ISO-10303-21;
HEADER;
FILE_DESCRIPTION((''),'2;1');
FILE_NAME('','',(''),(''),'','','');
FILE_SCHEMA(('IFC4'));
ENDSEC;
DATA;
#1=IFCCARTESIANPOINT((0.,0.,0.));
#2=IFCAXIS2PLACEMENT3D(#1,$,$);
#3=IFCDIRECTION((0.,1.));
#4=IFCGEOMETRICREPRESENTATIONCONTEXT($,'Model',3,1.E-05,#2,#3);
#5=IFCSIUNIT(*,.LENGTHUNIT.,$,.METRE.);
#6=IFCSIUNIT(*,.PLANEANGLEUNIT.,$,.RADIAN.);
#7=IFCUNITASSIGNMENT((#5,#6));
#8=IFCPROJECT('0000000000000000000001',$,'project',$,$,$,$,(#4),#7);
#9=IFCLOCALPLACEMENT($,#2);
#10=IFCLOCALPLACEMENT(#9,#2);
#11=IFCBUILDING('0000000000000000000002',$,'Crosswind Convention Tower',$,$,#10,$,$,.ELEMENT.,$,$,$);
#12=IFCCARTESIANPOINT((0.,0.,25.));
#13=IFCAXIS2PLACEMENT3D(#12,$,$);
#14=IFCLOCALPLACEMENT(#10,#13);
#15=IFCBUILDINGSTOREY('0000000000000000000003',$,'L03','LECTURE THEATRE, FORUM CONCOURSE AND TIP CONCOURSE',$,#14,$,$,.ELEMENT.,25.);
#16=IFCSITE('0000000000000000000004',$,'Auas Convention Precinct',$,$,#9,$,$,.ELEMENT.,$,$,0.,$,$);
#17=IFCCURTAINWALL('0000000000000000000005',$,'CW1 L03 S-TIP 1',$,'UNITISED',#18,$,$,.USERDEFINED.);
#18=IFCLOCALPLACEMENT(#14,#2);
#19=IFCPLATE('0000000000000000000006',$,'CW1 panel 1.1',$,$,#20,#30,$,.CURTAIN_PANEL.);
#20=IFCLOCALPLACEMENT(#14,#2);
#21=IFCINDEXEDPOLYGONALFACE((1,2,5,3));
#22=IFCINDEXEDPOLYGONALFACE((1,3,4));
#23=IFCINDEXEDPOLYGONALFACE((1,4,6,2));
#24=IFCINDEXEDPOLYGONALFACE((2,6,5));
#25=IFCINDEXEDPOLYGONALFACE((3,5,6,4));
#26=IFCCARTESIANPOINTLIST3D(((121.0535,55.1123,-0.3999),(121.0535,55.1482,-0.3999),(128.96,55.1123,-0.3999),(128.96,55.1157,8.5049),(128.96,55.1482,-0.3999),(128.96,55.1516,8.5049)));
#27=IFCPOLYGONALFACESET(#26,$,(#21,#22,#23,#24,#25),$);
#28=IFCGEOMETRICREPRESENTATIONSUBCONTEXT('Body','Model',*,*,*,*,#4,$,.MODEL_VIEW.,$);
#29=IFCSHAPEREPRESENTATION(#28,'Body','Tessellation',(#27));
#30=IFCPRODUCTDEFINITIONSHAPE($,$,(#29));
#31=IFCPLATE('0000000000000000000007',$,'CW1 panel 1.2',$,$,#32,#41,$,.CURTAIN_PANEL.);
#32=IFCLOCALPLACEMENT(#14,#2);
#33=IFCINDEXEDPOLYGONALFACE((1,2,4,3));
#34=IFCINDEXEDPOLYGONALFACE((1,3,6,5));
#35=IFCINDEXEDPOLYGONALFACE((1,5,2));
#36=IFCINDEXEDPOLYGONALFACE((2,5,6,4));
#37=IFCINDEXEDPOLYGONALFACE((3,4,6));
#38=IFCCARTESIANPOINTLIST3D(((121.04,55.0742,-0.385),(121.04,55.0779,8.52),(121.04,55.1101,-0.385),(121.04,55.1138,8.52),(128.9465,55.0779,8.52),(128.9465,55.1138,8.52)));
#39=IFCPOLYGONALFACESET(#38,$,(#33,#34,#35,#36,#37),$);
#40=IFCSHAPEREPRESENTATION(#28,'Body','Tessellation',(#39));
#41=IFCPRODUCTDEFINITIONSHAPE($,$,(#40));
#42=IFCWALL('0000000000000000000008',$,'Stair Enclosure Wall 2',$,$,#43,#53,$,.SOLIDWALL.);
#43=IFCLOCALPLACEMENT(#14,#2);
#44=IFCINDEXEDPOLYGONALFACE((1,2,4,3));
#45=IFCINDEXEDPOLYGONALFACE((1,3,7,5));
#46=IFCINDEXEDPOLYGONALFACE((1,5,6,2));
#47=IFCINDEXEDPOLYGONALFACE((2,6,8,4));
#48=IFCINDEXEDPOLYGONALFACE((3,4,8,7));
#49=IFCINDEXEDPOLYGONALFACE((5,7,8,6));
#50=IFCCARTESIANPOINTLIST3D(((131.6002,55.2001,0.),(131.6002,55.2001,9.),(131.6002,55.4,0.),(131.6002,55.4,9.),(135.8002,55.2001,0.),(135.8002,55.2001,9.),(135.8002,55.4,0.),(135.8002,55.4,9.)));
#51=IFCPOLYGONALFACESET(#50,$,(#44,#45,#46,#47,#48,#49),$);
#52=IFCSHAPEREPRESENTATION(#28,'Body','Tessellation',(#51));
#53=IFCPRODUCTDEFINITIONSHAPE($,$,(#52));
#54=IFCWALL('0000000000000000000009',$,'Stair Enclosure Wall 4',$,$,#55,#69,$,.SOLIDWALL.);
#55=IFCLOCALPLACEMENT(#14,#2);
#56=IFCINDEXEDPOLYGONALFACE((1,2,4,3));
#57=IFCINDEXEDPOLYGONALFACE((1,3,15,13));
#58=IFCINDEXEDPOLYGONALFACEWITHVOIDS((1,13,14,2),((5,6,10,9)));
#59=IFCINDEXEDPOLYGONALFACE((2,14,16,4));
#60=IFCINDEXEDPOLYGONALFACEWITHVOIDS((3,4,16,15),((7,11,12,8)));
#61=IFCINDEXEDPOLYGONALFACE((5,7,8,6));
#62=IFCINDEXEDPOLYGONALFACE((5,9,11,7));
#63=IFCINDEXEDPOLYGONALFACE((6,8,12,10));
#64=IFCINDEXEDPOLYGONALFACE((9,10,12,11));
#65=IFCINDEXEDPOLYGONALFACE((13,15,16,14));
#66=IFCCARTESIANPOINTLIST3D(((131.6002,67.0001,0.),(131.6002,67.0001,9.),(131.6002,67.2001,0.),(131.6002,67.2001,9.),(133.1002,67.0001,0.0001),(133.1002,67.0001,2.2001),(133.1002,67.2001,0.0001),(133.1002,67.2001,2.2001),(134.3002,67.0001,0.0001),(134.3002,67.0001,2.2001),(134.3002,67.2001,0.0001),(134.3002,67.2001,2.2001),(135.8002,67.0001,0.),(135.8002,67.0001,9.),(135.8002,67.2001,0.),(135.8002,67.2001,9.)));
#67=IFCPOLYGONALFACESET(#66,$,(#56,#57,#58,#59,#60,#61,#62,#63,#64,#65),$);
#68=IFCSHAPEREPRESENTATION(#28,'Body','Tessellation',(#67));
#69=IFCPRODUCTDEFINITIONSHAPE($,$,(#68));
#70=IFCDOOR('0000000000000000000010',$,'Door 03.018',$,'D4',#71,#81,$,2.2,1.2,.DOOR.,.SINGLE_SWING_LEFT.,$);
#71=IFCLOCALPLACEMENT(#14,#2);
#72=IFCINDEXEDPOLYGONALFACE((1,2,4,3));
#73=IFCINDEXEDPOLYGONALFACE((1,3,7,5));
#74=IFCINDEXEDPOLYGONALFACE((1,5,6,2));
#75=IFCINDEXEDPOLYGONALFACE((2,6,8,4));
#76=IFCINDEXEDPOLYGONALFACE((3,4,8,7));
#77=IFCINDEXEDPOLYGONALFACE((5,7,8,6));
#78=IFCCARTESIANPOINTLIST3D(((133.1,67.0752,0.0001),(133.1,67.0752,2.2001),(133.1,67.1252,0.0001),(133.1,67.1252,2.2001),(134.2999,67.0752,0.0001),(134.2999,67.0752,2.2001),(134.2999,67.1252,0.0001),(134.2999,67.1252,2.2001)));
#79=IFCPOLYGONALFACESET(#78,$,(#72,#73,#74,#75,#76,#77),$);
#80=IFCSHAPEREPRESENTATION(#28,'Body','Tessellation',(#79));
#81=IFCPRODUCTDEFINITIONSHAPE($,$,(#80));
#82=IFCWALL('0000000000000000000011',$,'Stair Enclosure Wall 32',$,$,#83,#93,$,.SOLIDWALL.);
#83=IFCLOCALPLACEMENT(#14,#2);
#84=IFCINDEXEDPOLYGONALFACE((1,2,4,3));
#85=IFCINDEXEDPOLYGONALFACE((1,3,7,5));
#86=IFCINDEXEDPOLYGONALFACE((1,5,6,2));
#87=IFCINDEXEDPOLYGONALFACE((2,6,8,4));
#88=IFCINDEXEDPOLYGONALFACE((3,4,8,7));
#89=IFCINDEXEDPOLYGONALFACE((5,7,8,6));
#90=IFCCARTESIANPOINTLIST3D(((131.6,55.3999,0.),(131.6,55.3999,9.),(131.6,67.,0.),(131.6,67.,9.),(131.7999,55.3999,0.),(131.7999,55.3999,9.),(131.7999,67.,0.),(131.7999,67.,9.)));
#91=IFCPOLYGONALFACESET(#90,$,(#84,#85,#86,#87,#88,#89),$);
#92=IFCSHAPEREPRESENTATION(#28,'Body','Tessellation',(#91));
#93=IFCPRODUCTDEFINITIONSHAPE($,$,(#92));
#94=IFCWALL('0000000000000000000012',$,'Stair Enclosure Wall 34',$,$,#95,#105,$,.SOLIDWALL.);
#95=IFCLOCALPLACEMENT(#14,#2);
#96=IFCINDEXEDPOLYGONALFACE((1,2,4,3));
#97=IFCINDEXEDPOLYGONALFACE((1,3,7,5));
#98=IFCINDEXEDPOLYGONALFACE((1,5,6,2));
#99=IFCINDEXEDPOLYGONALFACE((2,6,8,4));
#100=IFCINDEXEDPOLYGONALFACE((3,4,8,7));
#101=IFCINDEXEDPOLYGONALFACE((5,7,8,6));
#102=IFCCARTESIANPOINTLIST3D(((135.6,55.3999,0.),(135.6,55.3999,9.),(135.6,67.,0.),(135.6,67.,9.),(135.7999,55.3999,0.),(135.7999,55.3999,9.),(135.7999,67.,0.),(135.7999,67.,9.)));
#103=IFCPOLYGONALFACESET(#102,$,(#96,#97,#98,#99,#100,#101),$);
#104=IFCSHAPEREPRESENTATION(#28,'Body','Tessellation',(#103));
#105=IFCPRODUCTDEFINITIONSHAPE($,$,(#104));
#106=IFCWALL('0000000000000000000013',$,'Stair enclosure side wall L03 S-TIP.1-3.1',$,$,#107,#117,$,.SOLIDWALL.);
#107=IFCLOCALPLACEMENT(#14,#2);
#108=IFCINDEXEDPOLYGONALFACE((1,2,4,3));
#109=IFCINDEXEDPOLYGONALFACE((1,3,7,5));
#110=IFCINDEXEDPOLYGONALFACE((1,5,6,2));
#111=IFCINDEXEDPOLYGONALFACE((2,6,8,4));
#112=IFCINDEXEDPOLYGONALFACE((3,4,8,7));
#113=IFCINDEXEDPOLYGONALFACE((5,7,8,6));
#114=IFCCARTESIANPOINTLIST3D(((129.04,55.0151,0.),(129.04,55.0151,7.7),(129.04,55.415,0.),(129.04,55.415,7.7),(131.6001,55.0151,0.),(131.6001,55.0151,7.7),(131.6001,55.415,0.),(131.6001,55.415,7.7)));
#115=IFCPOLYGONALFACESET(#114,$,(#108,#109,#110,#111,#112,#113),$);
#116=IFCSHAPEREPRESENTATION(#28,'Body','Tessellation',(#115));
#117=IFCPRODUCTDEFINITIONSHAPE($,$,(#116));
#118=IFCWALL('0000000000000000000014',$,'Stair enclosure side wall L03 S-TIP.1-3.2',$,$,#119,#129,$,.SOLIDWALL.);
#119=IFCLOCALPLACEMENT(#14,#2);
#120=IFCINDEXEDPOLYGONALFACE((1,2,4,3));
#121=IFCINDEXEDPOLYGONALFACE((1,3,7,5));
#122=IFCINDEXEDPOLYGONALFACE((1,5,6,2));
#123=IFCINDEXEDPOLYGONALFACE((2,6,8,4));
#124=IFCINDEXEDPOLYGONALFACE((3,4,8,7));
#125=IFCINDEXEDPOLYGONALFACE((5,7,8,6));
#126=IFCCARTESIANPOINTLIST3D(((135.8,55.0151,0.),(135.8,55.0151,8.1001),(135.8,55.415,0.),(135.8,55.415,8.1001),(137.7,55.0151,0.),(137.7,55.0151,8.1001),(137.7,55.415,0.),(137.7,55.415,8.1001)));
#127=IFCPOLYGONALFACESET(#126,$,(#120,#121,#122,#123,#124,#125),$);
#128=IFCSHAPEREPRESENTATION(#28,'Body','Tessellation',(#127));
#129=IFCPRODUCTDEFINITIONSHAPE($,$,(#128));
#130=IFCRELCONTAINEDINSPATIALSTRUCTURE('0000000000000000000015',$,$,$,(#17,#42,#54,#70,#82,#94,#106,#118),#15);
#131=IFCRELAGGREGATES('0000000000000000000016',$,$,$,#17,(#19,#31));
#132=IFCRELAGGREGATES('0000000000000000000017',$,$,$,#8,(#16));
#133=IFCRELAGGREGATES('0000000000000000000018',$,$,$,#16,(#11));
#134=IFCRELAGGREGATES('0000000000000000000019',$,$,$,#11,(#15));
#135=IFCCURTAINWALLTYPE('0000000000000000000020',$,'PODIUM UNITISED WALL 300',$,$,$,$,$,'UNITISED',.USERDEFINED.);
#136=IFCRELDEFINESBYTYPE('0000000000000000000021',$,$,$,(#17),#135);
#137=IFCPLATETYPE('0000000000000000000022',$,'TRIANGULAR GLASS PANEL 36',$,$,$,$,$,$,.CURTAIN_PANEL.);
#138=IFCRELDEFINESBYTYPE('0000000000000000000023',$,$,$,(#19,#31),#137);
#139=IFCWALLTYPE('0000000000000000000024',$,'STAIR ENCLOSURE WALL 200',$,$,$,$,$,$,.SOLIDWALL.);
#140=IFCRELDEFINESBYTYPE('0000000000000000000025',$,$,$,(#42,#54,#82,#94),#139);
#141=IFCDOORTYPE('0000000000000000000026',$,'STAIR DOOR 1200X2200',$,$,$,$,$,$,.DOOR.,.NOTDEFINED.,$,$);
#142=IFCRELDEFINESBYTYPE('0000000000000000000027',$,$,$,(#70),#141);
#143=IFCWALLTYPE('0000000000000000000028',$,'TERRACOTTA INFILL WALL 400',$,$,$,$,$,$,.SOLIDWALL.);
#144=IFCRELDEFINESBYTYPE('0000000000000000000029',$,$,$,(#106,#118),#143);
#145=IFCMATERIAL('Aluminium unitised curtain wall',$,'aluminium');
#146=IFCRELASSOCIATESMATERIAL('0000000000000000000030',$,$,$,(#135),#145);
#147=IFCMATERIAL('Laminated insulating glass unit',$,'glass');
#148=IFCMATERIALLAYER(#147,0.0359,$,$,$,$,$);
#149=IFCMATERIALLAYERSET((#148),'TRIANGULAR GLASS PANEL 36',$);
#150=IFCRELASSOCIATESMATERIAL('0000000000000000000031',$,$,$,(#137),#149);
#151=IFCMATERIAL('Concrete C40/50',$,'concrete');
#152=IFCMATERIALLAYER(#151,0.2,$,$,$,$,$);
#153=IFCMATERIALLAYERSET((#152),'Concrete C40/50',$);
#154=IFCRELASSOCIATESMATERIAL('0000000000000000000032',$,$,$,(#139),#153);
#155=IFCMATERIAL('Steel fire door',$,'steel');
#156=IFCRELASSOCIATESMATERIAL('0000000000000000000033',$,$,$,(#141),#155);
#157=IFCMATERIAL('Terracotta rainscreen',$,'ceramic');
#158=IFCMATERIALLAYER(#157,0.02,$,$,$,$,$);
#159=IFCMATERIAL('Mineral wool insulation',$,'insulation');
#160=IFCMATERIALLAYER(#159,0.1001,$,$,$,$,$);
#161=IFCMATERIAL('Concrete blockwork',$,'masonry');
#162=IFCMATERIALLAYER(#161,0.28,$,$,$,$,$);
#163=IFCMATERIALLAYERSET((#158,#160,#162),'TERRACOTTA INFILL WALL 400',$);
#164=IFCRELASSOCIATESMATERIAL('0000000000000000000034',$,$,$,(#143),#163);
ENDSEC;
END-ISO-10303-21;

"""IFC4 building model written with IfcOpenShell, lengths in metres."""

from ifc_helpers import new_model, si_unit, direction, frame, frame_2d, origin, place, context, subcontext, project, spatial, polyline, rectangle, outline, extrude, material, layer, layer_set, type_object, element, fill, aggregate, save


model = new_model("IFC4")

# Units and contexts
model_context = context("Model", 3, precision=1e-05, world=origin(), true_north=direction((0.0, 1.0)))
body_context = subcontext(model_context, "Body", "Model", "MODEL_VIEW")
ifc_project = project(units=[si_unit("LENGTHUNIT", "METRE"), si_unit("PLANEANGLEUNIT", "RADIAN")], contexts=[model_context])

# Site, building, storey
site_placement = place(None, origin())
site = spatial("IfcSite", under=ifc_project, at=site_placement, Name="Auas Convention Precinct", CompositionType="ELEMENT", RefElevation=0.0)
building_placement = place(site_placement, origin())
building = spatial("IfcBuilding", under=site, at=building_placement, Name="Crosswind Convention Tower", CompositionType="ELEMENT")
storey_placement = place(building_placement, frame((0.0, 0.0, 25.0)))
storey = spatial("IfcBuildingStorey", under=building, at=storey_placement, Name="L03", Description="LECTURE THEATRE, FORUM CONCOURSE AND TIP CONCOURSE", CompositionType="ELEMENT", Elevation=25.0)

# Curtain wall
ifc_material_1 = material(Name="Aluminium unitised curtain wall", Category="aluminium")
curtain_wall_type = type_object("IfcCurtainWallType", Name="PODIUM UNITISED WALL 300", ElementType="UNITISED", PredefinedType="USERDEFINED", material=ifc_material_1)
curtain_wall_1_placement = place(storey_placement, origin())
curtain_wall_1 = element("IfcCurtainWall", 1, at=curtain_wall_1_placement, inside=storey, type_object=curtain_wall_type, Name="CW1 L03 S-TIP 1", ObjectType="UNITISED", PredefinedType="USERDEFINED")

# Plates
ifc_material_2 = material(Name="Laminated insulating glass unit", Category="glass")
ifc_layer_1 = layer(ifc_material_2, 0.0359)
ifc_layer_set_1 = layer_set([ifc_layer_1], Name="TRIANGULAR GLASS PANEL 36")
plate_type = type_object("IfcPlateType", Name="TRIANGULAR GLASS PANEL 36", PredefinedType="CURTAIN_PANEL", material=ifc_layer_set_1)
plate_1_placement = place(storey_placement, frame((128.96, 55.1123, -0.3999), z_axis=(0.0, -1.0, 0.000384), x_axis=(0.0, 0.000384, 1.0)))
plate_1 = element("IfcPlate", 2, at=plate_1_placement, type_object=plate_type, Name="CW1 panel 1.1", PredefinedType="CURTAIN_PANEL", context=body_context, shape_type="SweptSolid", body=[
    extrude(outline(polyline([(0.0, 0.0), (8.9048, 0.0), (0.0, 7.9065), (0.0, 0.0)])), origin(), (0.0, 0.0, -1.0), 0.0359),
])
plate_2_placement = place(storey_placement, frame((121.04, 55.0779, 8.52), z_axis=(0.0, -1.0, 0.000411), x_axis=(0.0, -0.000411, -1.0)))
plate_2 = element("IfcPlate", 3, at=plate_2_placement, type_object=plate_type, Name="CW1 panel 1.2", PredefinedType="CURTAIN_PANEL", context=body_context, shape_type="SweptSolid", body=[
    extrude(outline(polyline([(0.0, 0.0), (8.905, 0.0), (0.0, 7.9065), (0.0, 0.0)])), origin(), (0.0, 0.0, -1.0), 0.0359),
])

# Wall
ifc_material_3 = material(Name="Concrete C40/50", Category="concrete")
ifc_layer_2 = layer(ifc_material_3, 0.2)
ifc_layer_set_2 = layer_set([ifc_layer_2], Name="Concrete C40/50")
wall_type_1 = type_object("IfcWallType", Name="STAIR ENCLOSURE WALL 200", PredefinedType="SOLIDWALL", material=ifc_layer_set_2)
wall_1_placement = place(storey_placement, frame((131.6001, 55.3, 0.0), z_axis=(0.0, 0.0, 1.0), x_axis=(1.0, 0.0, 0.0)))
element("IfcWall", 4, at=wall_1_placement, inside=storey, type_object=wall_type_1, Name="Stair Enclosure Wall 2", PredefinedType="SOLIDWALL", context=body_context, shape_type="SweptSolid", body=[
    extrude(rectangle(XDim=4.2, YDim=0.2, at=frame_2d((2.1001, 0.0))), origin(), (0.0, 0.0, 1.0), 9.0),
])

# Wall, opening, door
wall_2_placement = place(storey_placement, frame((131.6001, 67.1001, 0.0), z_axis=(0.0, 0.0, 1.0), x_axis=(1.0, 0.0, 0.0)))
wall_2 = element("IfcWall", 5, at=wall_2_placement, inside=storey, type_object=wall_type_1, Name="Stair Enclosure Wall 4", PredefinedType="SOLIDWALL", context=body_context, shape_type="SweptSolid", body=[
    extrude(rectangle(XDim=4.2, YDim=0.2, at=frame_2d((2.1001, 0.0))), origin(), (0.0, 0.0, 1.0), 9.0),
])
opening_placement = place(wall_2_placement, frame((1.5, 0.0, 0.0)))
opening = element("IfcOpeningElement", 6, at=opening_placement, cuts=wall_2, PredefinedType="OPENING", context=body_context, shape_type="SweptSolid", body=[
    extrude(rectangle(XDim=1.2, YDim=2.2, at=frame_2d((0.6001, 1.1001))), frame((0.0, 0.1099, 0.0), z_axis=(0.0, -1.0, 0.0), x_axis=(1.0, 0.0, 0.0)), (0.0, 0.0, 1.0), 0.22),
])
ifc_material_4 = material(Name="Steel fire door", Category="steel")
door_type = type_object("IfcDoorType", Name="STAIR DOOR 1200X2200", OperationType="NOTDEFINED", PredefinedType="DOOR", material=ifc_material_4)
door_placement = place(opening_placement, frame((1.2, 0.0, 0.0), z_axis=(0.0, 0.0, 1.0), x_axis=(-1.0, 0.0, 0.0)))
door = element("IfcDoor", 7, at=door_placement, inside=storey, type_object=door_type, Name="Door 03.018", ObjectType="D4", OperationType="SINGLE_SWING_LEFT", OverallHeight=2.2, OverallWidth=1.2, PredefinedType="DOOR", context=body_context, shape_type="SweptSolid", body=[
    extrude(rectangle(XDim=1.2, YDim=2.2, at=frame_2d((0.6001, 1.1001))), frame((0.0, 0.0249, 0.0), z_axis=(0.0, -1.0, 0.0), x_axis=(1.0, 0.0, 0.0)), (0.0, 0.0, 1.0), 0.05),
])
fill(opening, door)

# Walls
for number, where, z_axis, x_axis, name in (
    (8, (131.7, 55.3999, 0.0), (0.0, 0.0, 1.0), (0.0, 1.0, 0.0), "Stair Enclosure Wall 32"),
    (9, (135.7, 55.3999, 0.0), (0.0, 0.0, 1.0), (0.0, 1.0, 0.0), "Stair Enclosure Wall 34"),
):
    element("IfcWall", number, at=place(storey_placement, frame(where, z_axis=z_axis, x_axis=x_axis)), inside=storey, type_object=wall_type_1, Name=name, PredefinedType="SOLIDWALL", context=body_context, shape_type="SweptSolid", body=[
        extrude(rectangle(XDim=11.6001, YDim=0.2, at=frame_2d((5.8, 0.0))), origin(), (0.0, 0.0, 1.0), 9.0),
    ])
ifc_material_5 = material(Name="Terracotta rainscreen", Category="ceramic")
ifc_layer_3 = layer(ifc_material_5, 0.02)
ifc_material_6 = material(Name="Mineral wool insulation", Category="insulation")
ifc_layer_4 = layer(ifc_material_6, 0.1001)
ifc_material_7 = material(Name="Concrete blockwork", Category="masonry")
ifc_layer_5 = layer(ifc_material_7, 0.28)
ifc_layer_set_3 = layer_set([ifc_layer_3, ifc_layer_4, ifc_layer_5], Name="TERRACOTTA INFILL WALL 400")
wall_type_2 = type_object("IfcWallType", Name="TERRACOTTA INFILL WALL 400", PredefinedType="SOLIDWALL", material=ifc_layer_set_3)
wall_3_placement = place(storey_placement, frame((129.04, 55.2151, 0.0), z_axis=(0.0, 0.0, 1.0), x_axis=(1.0, 0.0, 0.0)))
element("IfcWall", 10, at=wall_3_placement, inside=storey, type_object=wall_type_2, Name="Stair enclosure side wall L03 S-TIP.1-3.1", PredefinedType="SOLIDWALL", context=body_context, shape_type="SweptSolid", body=[
    extrude(rectangle(XDim=2.5601, YDim=0.3999, at=frame_2d((1.28, 0.0))), origin(), (0.0, 0.0, 1.0), 7.7),
])
wall_4_placement = place(storey_placement, frame((135.8, 55.2151, 0.0), z_axis=(0.0, 0.0, 1.0), x_axis=(1.0, 0.0, 0.0)))
element("IfcWall", 11, at=wall_4_placement, inside=storey, type_object=wall_type_2, Name="Stair enclosure side wall L03 S-TIP.1-3.2", PredefinedType="SOLIDWALL", context=body_context, shape_type="SweptSolid", body=[
    extrude(rectangle(XDim=1.8999, YDim=0.3999, at=frame_2d((0.95, 0.0))), origin(), (0.0, 0.0, 1.0), 8.1001),
])

aggregate(curtain_wall_1, [plate_1, plate_2])

save(model, "model.ifc")
